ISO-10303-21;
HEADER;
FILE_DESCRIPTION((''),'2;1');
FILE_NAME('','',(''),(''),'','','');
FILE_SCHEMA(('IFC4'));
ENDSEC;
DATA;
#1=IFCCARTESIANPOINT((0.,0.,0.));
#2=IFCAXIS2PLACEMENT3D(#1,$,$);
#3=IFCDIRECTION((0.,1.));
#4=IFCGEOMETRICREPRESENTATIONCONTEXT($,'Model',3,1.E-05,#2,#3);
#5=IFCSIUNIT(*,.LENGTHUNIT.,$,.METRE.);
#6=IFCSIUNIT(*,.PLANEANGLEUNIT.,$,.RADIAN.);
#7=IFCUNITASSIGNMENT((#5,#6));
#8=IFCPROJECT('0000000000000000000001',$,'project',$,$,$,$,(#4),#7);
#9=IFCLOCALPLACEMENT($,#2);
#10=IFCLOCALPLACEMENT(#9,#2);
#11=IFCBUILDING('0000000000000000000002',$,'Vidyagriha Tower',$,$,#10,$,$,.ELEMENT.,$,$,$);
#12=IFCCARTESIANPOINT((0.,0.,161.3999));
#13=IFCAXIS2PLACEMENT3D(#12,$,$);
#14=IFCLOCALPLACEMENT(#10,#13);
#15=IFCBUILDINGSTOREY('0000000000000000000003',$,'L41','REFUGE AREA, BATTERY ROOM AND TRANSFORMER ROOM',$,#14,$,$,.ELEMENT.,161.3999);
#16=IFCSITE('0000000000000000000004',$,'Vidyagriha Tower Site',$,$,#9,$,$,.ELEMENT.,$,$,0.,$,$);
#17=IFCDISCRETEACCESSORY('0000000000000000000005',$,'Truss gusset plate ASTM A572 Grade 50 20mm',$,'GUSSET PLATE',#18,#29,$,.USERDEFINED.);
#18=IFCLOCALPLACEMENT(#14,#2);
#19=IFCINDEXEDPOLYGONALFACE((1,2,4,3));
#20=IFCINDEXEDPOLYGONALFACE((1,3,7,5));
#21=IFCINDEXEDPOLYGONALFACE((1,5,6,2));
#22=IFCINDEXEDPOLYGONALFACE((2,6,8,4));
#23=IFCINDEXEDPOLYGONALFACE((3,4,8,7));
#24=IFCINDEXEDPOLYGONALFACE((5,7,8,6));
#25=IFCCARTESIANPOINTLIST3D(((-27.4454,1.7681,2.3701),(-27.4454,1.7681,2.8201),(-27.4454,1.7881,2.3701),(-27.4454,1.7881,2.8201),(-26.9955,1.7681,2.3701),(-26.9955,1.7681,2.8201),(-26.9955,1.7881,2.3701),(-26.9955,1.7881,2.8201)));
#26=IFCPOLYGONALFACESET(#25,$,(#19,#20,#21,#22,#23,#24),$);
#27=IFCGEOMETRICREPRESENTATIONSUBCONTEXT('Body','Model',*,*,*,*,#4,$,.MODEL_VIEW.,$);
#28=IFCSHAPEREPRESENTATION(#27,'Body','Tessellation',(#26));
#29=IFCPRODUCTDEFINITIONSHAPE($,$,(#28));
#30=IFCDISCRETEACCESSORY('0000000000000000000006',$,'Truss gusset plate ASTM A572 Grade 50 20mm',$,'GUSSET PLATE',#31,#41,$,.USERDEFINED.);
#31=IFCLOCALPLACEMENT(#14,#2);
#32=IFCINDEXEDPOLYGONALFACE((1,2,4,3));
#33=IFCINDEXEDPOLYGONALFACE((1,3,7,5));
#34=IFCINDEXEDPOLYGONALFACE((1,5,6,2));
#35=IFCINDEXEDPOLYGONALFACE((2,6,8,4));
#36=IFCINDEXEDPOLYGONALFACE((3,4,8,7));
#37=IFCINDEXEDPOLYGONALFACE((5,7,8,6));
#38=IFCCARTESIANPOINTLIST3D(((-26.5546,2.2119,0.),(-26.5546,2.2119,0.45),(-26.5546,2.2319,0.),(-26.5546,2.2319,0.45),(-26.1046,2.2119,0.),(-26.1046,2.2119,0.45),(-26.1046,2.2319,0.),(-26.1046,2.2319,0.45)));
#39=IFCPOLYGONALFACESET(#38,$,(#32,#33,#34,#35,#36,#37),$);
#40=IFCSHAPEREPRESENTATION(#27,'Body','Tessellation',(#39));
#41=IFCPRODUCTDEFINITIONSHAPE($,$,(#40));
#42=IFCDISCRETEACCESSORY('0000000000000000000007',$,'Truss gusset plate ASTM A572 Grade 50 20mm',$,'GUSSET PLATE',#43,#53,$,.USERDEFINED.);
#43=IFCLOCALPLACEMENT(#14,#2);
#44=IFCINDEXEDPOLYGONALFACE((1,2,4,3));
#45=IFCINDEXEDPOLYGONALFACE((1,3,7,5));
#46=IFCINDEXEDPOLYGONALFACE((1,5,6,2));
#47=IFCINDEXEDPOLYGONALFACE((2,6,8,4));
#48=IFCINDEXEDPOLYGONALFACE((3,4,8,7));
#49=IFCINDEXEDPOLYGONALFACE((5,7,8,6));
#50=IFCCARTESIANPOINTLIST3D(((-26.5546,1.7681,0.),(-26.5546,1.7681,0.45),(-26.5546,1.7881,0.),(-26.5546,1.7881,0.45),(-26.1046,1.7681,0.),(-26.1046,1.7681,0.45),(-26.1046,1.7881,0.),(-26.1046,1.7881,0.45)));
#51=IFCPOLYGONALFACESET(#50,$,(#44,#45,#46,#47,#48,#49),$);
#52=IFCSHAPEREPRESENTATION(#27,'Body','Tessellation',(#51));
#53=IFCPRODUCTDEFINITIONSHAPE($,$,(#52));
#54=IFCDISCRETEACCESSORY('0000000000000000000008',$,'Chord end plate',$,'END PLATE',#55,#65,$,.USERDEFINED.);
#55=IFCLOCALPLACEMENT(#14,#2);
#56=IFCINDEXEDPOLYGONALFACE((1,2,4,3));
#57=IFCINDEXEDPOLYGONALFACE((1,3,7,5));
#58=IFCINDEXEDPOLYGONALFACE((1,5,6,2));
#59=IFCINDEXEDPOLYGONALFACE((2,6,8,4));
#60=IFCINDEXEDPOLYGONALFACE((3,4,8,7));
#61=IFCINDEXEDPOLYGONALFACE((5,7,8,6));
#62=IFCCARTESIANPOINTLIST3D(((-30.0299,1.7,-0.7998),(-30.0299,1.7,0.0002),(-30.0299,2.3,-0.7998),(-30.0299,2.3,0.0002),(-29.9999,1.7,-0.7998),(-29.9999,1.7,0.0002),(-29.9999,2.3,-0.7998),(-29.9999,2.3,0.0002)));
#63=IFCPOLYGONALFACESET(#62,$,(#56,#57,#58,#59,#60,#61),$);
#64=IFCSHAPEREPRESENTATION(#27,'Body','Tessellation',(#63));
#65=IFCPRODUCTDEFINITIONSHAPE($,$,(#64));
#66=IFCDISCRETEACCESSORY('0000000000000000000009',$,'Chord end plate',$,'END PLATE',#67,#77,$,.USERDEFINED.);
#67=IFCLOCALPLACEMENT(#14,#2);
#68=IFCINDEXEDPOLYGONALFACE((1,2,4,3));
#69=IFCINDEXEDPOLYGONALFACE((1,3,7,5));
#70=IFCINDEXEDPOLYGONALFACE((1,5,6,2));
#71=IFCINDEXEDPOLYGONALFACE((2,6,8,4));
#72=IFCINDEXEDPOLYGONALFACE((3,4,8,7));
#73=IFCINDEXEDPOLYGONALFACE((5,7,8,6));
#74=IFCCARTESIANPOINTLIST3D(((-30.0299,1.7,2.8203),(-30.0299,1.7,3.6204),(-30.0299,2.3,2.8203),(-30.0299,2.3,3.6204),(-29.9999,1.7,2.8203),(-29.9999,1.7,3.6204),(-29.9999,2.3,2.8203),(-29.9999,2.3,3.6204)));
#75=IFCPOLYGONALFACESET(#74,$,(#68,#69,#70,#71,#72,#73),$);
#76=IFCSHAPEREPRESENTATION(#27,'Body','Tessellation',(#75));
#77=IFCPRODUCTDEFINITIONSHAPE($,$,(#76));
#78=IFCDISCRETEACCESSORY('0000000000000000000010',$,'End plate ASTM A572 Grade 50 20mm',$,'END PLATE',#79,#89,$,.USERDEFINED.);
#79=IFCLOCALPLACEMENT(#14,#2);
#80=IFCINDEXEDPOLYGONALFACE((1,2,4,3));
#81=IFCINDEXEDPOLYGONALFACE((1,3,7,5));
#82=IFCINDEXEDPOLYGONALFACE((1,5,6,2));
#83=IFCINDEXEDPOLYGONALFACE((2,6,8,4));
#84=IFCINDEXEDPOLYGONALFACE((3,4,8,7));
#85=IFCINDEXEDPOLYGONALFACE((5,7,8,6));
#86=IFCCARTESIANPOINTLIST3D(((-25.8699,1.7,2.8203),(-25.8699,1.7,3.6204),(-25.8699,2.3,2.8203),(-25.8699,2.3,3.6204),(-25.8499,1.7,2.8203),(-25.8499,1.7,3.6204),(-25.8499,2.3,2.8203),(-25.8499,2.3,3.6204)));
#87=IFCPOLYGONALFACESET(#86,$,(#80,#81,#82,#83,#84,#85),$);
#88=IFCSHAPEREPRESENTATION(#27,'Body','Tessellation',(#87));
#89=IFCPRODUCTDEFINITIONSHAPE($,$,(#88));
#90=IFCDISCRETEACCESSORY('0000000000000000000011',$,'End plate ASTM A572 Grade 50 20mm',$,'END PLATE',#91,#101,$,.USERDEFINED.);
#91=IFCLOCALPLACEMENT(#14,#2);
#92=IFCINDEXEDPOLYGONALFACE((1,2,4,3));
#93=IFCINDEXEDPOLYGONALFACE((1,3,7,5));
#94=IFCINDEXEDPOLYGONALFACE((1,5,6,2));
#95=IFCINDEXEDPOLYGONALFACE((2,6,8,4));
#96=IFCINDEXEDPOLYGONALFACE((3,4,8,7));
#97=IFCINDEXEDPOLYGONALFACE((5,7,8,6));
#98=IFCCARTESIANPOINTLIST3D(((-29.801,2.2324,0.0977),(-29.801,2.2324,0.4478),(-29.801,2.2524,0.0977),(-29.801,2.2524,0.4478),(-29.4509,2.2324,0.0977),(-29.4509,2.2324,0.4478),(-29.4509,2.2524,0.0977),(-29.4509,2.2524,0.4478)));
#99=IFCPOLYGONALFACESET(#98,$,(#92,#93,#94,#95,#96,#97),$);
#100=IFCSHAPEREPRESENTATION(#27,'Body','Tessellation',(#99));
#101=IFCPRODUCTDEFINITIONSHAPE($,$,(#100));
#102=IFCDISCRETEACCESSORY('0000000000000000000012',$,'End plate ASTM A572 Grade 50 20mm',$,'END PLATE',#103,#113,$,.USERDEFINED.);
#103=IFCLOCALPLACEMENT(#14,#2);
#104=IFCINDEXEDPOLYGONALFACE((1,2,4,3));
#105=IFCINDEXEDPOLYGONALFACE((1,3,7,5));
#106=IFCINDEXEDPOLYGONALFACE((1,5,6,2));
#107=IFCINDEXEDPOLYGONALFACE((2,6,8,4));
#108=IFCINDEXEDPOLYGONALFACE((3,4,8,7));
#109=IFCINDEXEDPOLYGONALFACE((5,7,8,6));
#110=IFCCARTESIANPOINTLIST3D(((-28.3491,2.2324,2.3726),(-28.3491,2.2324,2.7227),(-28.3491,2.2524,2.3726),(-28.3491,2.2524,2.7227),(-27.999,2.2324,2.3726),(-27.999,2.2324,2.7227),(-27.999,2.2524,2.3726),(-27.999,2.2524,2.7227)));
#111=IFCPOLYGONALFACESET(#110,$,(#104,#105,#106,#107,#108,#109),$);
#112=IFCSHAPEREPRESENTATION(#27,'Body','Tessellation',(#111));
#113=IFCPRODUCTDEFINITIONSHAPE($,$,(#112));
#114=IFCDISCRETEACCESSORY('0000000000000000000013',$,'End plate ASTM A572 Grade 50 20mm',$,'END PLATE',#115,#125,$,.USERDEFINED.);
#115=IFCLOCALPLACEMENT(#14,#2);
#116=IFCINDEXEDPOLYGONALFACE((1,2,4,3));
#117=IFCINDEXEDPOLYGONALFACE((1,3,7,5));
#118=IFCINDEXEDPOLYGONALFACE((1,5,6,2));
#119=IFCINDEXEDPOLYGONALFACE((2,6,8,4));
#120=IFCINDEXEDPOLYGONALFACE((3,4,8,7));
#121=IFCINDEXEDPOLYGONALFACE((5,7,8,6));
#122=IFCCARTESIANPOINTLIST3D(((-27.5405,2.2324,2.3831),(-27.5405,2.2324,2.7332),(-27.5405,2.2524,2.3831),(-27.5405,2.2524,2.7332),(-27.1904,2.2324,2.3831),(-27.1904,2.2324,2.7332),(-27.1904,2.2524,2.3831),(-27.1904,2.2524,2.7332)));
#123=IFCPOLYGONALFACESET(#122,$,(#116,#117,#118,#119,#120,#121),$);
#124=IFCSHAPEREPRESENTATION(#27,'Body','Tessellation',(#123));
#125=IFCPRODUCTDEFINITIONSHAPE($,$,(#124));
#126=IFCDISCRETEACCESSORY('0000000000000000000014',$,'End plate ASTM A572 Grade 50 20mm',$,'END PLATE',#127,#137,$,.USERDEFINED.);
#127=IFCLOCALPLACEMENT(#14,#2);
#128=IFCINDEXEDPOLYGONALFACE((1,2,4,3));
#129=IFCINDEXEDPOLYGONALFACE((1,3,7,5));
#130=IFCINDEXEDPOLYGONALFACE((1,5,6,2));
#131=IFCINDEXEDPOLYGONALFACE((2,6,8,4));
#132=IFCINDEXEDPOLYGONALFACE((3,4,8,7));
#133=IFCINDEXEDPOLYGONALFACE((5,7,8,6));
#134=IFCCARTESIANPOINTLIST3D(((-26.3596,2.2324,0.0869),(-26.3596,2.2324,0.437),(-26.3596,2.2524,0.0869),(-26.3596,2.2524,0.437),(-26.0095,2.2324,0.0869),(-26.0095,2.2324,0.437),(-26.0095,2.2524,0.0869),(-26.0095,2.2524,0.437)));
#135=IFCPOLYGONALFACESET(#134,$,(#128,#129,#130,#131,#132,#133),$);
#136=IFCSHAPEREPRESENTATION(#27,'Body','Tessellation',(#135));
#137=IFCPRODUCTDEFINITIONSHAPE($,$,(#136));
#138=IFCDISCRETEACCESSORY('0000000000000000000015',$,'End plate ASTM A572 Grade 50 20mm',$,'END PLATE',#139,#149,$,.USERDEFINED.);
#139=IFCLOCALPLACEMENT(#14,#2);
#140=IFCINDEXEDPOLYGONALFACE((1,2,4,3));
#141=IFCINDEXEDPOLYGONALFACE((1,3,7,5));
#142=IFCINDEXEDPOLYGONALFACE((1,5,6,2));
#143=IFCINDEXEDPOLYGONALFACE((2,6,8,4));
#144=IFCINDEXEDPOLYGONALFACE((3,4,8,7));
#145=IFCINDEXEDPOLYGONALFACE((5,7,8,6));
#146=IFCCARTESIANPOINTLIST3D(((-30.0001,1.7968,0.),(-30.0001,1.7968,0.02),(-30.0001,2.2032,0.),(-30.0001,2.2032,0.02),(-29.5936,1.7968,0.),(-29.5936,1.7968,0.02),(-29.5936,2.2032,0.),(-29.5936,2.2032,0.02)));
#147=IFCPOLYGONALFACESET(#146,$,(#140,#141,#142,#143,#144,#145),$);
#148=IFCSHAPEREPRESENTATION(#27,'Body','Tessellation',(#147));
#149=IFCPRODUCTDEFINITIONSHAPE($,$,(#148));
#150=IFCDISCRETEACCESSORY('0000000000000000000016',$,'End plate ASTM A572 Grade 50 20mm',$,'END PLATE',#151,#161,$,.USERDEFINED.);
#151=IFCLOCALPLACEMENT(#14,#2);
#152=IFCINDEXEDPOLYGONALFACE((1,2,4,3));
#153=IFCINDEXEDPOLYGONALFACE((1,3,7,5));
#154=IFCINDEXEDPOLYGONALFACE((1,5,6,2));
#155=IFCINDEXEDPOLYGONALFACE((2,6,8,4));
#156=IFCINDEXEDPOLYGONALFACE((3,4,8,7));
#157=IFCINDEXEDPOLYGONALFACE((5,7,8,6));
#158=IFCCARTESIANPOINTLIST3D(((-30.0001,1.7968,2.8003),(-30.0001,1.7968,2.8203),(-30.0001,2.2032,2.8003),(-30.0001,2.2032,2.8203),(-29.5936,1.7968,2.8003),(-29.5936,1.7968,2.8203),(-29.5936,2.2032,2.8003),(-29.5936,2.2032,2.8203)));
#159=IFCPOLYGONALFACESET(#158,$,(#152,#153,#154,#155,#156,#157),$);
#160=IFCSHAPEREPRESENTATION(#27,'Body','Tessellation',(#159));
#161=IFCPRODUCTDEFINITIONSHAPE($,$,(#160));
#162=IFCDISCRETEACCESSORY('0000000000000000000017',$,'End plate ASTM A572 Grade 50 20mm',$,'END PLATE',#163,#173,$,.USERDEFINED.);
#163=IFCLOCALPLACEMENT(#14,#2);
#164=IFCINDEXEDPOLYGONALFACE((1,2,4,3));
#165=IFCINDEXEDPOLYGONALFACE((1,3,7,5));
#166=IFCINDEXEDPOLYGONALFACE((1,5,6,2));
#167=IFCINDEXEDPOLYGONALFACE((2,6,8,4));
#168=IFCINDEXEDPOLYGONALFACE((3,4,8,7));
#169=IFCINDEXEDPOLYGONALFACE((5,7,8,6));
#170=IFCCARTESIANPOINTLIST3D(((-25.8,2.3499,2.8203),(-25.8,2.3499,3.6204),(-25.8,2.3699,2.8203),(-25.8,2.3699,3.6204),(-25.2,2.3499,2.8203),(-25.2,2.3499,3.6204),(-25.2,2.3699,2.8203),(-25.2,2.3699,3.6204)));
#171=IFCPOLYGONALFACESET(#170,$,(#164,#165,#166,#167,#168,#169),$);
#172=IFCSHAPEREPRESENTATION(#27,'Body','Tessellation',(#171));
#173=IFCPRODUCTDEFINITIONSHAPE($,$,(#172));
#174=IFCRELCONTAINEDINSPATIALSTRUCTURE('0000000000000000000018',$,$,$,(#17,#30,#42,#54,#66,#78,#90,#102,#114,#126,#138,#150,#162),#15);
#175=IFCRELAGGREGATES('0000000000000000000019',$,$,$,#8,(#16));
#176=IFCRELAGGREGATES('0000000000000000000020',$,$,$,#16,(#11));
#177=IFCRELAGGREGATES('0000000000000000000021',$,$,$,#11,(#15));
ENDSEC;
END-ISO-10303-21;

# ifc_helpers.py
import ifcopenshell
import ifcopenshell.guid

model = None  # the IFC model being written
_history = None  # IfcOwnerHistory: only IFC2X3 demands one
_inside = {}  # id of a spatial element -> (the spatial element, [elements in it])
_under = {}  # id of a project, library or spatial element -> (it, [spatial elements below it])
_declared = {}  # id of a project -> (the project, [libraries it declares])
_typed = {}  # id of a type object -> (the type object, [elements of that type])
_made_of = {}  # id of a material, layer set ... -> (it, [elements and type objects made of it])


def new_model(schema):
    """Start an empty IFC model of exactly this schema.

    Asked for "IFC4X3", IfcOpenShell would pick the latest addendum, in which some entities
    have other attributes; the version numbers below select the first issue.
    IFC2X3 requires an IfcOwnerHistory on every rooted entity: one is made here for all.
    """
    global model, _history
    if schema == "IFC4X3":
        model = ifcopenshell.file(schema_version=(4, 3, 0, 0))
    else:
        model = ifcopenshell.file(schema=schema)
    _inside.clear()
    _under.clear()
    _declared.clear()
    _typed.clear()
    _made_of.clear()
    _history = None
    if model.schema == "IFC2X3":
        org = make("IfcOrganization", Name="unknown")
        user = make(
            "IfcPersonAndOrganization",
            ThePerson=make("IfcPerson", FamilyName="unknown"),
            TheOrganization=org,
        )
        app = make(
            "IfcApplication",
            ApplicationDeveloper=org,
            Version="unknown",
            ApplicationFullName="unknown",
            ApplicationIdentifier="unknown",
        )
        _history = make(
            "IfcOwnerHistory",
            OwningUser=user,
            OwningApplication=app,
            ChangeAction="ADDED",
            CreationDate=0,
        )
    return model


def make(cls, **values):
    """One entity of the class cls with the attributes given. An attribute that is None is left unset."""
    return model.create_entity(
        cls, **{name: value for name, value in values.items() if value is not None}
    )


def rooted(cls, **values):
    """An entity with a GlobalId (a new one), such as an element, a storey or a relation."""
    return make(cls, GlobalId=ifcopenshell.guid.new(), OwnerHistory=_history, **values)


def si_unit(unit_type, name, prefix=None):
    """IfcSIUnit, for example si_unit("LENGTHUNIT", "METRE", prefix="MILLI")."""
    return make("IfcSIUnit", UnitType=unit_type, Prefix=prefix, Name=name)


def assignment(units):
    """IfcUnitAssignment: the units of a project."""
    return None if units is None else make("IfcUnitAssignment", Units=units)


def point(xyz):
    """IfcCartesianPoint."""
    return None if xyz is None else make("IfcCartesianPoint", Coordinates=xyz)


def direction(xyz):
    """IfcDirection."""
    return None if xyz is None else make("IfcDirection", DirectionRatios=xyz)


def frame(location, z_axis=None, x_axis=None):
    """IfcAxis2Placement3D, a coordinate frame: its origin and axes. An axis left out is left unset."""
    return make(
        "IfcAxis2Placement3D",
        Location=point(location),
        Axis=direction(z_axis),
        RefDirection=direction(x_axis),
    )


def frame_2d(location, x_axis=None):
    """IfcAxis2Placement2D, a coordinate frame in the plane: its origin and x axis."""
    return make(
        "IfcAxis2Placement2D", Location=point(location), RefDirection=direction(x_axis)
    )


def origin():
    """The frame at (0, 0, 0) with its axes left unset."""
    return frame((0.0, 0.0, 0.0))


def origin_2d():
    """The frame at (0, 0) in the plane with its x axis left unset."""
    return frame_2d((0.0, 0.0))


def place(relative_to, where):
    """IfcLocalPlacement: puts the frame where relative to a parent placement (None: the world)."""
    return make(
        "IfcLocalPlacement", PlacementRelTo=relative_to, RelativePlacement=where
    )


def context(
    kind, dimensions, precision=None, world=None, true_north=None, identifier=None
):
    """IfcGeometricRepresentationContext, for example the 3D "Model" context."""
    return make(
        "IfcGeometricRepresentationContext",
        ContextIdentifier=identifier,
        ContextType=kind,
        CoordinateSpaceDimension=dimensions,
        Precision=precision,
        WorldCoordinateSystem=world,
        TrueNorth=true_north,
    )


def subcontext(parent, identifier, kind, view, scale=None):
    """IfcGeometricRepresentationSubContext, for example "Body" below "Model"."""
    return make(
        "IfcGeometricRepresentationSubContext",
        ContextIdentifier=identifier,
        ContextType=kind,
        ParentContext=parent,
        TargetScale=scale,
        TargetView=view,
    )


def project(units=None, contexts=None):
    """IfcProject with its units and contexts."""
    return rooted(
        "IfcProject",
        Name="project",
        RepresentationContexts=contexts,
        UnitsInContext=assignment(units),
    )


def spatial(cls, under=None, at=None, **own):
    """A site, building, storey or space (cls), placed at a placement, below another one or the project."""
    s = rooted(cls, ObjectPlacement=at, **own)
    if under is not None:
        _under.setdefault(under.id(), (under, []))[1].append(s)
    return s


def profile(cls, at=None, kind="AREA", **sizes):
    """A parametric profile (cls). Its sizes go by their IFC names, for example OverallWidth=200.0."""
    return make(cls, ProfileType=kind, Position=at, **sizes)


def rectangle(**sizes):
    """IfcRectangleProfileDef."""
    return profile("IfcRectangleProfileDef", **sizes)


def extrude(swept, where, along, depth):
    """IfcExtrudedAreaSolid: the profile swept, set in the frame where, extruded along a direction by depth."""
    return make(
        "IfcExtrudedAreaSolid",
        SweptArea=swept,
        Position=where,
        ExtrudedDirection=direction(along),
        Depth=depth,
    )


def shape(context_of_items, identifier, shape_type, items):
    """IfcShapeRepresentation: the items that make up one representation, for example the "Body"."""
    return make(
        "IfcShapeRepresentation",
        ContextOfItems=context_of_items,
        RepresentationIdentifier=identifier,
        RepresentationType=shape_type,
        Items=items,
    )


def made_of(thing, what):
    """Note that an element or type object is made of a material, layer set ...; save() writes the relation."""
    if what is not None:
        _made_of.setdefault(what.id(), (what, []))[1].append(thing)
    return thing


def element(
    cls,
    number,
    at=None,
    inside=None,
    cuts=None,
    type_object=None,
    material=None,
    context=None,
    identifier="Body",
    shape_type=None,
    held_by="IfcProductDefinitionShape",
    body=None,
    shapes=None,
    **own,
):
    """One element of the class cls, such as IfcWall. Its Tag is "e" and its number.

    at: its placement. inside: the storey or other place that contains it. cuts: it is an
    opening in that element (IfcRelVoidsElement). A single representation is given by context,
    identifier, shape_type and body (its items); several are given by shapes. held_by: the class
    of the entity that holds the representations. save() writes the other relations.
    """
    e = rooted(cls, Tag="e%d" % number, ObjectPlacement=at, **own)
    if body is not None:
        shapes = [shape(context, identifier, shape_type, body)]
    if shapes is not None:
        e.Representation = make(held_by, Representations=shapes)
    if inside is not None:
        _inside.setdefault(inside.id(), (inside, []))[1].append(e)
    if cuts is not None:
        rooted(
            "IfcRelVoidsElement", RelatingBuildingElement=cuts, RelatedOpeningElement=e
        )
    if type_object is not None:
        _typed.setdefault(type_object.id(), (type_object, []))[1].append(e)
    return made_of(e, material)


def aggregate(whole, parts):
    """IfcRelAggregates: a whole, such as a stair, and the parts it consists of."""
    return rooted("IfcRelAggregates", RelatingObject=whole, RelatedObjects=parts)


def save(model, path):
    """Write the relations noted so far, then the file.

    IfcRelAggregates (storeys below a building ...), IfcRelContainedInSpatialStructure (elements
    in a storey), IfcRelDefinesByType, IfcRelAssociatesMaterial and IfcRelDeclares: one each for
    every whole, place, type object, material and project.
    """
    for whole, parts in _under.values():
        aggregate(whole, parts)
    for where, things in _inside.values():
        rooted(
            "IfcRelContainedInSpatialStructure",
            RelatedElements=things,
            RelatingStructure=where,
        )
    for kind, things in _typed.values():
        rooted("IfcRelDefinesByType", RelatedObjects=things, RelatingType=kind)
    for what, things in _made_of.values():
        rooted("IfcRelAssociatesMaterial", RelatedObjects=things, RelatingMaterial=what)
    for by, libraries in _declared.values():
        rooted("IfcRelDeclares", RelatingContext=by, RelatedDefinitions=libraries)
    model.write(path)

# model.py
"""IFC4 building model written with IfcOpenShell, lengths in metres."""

from ifc_helpers import new_model, si_unit, direction, frame, origin, origin_2d, place, context, subcontext, project, spatial, rectangle, extrude, element, save


model = new_model("IFC4")

# Units and contexts
model_context = context("Model", 3, precision=1e-05, world=origin(), true_north=direction((0.0, 1.0)))
body_context = subcontext(model_context, "Body", "Model", "MODEL_VIEW")
ifc_project = project(units=[si_unit("LENGTHUNIT", "METRE"), si_unit("PLANEANGLEUNIT", "RADIAN")], contexts=[model_context])

# Site, building, storey
site_placement = place(None, origin())
site = spatial("IfcSite", under=ifc_project, at=site_placement, Name="Vidyagriha Tower Site", CompositionType="ELEMENT", RefElevation=0.0)
building_placement = place(site_placement, origin())
building = spatial("IfcBuilding", under=site, at=building_placement, Name="Vidyagriha Tower", CompositionType="ELEMENT")
storey_placement = place(building_placement, frame((0.0, 0.0, 161.3999)))
storey = spatial("IfcBuildingStorey", under=building, at=storey_placement, Name="L41", Description="REFUGE AREA, BATTERY ROOM AND TRANSFORMER ROOM", CompositionType="ELEMENT", Elevation=161.3999)

# Discrete accessories
for number, where, name in (
    (1, (-27.2205, 1.7781, 2.3701), "Truss gusset plate ASTM A572 Grade 50 20mm"),
    (2, (-26.3296, 2.2219, 0.0), "Truss gusset plate ASTM A572 Grade 50 20mm"),
    (3, (-26.3296, 1.7781, 0.0), "Truss gusset plate ASTM A572 Grade 50 20mm"),
):
    element("IfcDiscreteAccessory", number, at=place(storey_placement, frame(where)), inside=storey, Name=name, ObjectType="GUSSET PLATE", PredefinedType="USERDEFINED", context=body_context, shape_type="SweptSolid", body=[
        extrude(rectangle(XDim=0.45, YDim=0.02, at=origin_2d()), origin(), (0.0, 0.0, 1.0), 0.45),
    ])
for number, where, z_axis, x_axis, name in (
    (4, (-30.0149, 2.0, -0.7998), (0.0, 0.0, 1.0), (-1.0, 0.0, 0.0), "Chord end plate"),
    (5, (-30.0149, 2.0, 2.8203), (0.0, 0.0, 1.0), (-1.0, 0.0, 0.0), "Chord end plate"),
):
    element("IfcDiscreteAccessory", number, at=place(storey_placement, frame(where, z_axis=z_axis, x_axis=x_axis)), inside=storey, Name=name, ObjectType="END PLATE", PredefinedType="USERDEFINED", context=body_context, shape_type="SweptSolid", body=[
        extrude(rectangle(XDim=0.03, YDim=0.6001, at=origin_2d()), origin(), (0.0, 0.0, 1.0), 0.8),
    ])
discrete_accessory_1_placement = place(storey_placement, frame((-25.8599, 2.0, 2.8203)))
element("IfcDiscreteAccessory", 6, at=discrete_accessory_1_placement, inside=storey, Name="End plate ASTM A572 Grade 50 20mm", ObjectType="END PLATE", PredefinedType="USERDEFINED", context=body_context, shape_type="SweptSolid", body=[
    extrude(rectangle(XDim=0.02, YDim=0.6001, at=origin_2d()), origin(), (0.0, 0.0, 1.0), 0.8),
])
discrete_accessory_2_placement = place(storey_placement, frame((-29.626, 2.2424, 0.0977), z_axis=(0.0, 0.0, 1.0), x_axis=(-1.0, 0.0, 0.0)))
element("IfcDiscreteAccessory", 7, at=discrete_accessory_2_placement, inside=storey, Name="End plate ASTM A572 Grade 50 20mm", ObjectType="END PLATE", PredefinedType="USERDEFINED", context=body_context, shape_type="SweptSolid", body=[
    extrude(rectangle(XDim=0.3501, YDim=0.02, at=origin_2d()), origin(), (0.0, 0.0, 1.0), 0.3501),
])
discrete_accessory_3_placement = place(storey_placement, frame((-28.1741, 2.2424, 2.3726)))
element("IfcDiscreteAccessory", 8, at=discrete_accessory_3_placement, inside=storey, Name="End plate ASTM A572 Grade 50 20mm", ObjectType="END PLATE", PredefinedType="USERDEFINED", context=body_context, shape_type="SweptSolid", body=[
    extrude(rectangle(XDim=0.3501, YDim=0.02, at=origin_2d()), origin(), (0.0, 0.0, 1.0), 0.3501),
])
discrete_accessory_4_placement = place(storey_placement, frame((-27.3655, 2.2424, 2.3831), z_axis=(0.0, 0.0, 1.0), x_axis=(-1.0, 0.0, 0.0)))
element("IfcDiscreteAccessory", 9, at=discrete_accessory_4_placement, inside=storey, Name="End plate ASTM A572 Grade 50 20mm", ObjectType="END PLATE", PredefinedType="USERDEFINED", context=body_context, shape_type="SweptSolid", body=[
    extrude(rectangle(XDim=0.3501, YDim=0.02, at=origin_2d()), origin(), (0.0, 0.0, 1.0), 0.3501),
])
discrete_accessory_5_placement = place(storey_placement, frame((-26.1846, 2.2424, 0.0869)))
element("IfcDiscreteAccessory", 10, at=discrete_accessory_5_placement, inside=storey, Name="End plate ASTM A572 Grade 50 20mm", ObjectType="END PLATE", PredefinedType="USERDEFINED", context=body_context, shape_type="SweptSolid", body=[
    extrude(rectangle(XDim=0.3501, YDim=0.02, at=origin_2d()), origin(), (0.0, 0.0, 1.0), 0.3501),
])
for number, where, name in (
    (11, (-29.7969, 2.0, 0.0), "End plate ASTM A572 Grade 50 20mm"),
    (12, (-29.7969, 2.0, 2.8003), "End plate ASTM A572 Grade 50 20mm"),
):
    element("IfcDiscreteAccessory", number, at=place(storey_placement, frame(where)), inside=storey, Name=name, ObjectType="END PLATE", PredefinedType="USERDEFINED", context=body_context, shape_type="SweptSolid", body=[
        extrude(rectangle(XDim=0.4065, YDim=0.4065, at=origin_2d()), origin(), (0.0, 0.0, 1.0), 0.02),
    ])
discrete_accessory_6_placement = place(storey_placement, frame((-25.5, 2.3599, 2.8203), z_axis=(0.0, 0.0, 1.0), x_axis=(0.0, -1.0, 0.0)))
element("IfcDiscreteAccessory", 13, at=discrete_accessory_6_placement, inside=storey, Name="End plate ASTM A572 Grade 50 20mm", ObjectType="END PLATE", PredefinedType="USERDEFINED", context=body_context, shape_type="SweptSolid", body=[
    extrude(rectangle(XDim=0.02, YDim=0.6001, at=origin_2d()), origin(), (0.0, 0.0, 1.0), 0.8),
])

save(model, "model.ifc")
